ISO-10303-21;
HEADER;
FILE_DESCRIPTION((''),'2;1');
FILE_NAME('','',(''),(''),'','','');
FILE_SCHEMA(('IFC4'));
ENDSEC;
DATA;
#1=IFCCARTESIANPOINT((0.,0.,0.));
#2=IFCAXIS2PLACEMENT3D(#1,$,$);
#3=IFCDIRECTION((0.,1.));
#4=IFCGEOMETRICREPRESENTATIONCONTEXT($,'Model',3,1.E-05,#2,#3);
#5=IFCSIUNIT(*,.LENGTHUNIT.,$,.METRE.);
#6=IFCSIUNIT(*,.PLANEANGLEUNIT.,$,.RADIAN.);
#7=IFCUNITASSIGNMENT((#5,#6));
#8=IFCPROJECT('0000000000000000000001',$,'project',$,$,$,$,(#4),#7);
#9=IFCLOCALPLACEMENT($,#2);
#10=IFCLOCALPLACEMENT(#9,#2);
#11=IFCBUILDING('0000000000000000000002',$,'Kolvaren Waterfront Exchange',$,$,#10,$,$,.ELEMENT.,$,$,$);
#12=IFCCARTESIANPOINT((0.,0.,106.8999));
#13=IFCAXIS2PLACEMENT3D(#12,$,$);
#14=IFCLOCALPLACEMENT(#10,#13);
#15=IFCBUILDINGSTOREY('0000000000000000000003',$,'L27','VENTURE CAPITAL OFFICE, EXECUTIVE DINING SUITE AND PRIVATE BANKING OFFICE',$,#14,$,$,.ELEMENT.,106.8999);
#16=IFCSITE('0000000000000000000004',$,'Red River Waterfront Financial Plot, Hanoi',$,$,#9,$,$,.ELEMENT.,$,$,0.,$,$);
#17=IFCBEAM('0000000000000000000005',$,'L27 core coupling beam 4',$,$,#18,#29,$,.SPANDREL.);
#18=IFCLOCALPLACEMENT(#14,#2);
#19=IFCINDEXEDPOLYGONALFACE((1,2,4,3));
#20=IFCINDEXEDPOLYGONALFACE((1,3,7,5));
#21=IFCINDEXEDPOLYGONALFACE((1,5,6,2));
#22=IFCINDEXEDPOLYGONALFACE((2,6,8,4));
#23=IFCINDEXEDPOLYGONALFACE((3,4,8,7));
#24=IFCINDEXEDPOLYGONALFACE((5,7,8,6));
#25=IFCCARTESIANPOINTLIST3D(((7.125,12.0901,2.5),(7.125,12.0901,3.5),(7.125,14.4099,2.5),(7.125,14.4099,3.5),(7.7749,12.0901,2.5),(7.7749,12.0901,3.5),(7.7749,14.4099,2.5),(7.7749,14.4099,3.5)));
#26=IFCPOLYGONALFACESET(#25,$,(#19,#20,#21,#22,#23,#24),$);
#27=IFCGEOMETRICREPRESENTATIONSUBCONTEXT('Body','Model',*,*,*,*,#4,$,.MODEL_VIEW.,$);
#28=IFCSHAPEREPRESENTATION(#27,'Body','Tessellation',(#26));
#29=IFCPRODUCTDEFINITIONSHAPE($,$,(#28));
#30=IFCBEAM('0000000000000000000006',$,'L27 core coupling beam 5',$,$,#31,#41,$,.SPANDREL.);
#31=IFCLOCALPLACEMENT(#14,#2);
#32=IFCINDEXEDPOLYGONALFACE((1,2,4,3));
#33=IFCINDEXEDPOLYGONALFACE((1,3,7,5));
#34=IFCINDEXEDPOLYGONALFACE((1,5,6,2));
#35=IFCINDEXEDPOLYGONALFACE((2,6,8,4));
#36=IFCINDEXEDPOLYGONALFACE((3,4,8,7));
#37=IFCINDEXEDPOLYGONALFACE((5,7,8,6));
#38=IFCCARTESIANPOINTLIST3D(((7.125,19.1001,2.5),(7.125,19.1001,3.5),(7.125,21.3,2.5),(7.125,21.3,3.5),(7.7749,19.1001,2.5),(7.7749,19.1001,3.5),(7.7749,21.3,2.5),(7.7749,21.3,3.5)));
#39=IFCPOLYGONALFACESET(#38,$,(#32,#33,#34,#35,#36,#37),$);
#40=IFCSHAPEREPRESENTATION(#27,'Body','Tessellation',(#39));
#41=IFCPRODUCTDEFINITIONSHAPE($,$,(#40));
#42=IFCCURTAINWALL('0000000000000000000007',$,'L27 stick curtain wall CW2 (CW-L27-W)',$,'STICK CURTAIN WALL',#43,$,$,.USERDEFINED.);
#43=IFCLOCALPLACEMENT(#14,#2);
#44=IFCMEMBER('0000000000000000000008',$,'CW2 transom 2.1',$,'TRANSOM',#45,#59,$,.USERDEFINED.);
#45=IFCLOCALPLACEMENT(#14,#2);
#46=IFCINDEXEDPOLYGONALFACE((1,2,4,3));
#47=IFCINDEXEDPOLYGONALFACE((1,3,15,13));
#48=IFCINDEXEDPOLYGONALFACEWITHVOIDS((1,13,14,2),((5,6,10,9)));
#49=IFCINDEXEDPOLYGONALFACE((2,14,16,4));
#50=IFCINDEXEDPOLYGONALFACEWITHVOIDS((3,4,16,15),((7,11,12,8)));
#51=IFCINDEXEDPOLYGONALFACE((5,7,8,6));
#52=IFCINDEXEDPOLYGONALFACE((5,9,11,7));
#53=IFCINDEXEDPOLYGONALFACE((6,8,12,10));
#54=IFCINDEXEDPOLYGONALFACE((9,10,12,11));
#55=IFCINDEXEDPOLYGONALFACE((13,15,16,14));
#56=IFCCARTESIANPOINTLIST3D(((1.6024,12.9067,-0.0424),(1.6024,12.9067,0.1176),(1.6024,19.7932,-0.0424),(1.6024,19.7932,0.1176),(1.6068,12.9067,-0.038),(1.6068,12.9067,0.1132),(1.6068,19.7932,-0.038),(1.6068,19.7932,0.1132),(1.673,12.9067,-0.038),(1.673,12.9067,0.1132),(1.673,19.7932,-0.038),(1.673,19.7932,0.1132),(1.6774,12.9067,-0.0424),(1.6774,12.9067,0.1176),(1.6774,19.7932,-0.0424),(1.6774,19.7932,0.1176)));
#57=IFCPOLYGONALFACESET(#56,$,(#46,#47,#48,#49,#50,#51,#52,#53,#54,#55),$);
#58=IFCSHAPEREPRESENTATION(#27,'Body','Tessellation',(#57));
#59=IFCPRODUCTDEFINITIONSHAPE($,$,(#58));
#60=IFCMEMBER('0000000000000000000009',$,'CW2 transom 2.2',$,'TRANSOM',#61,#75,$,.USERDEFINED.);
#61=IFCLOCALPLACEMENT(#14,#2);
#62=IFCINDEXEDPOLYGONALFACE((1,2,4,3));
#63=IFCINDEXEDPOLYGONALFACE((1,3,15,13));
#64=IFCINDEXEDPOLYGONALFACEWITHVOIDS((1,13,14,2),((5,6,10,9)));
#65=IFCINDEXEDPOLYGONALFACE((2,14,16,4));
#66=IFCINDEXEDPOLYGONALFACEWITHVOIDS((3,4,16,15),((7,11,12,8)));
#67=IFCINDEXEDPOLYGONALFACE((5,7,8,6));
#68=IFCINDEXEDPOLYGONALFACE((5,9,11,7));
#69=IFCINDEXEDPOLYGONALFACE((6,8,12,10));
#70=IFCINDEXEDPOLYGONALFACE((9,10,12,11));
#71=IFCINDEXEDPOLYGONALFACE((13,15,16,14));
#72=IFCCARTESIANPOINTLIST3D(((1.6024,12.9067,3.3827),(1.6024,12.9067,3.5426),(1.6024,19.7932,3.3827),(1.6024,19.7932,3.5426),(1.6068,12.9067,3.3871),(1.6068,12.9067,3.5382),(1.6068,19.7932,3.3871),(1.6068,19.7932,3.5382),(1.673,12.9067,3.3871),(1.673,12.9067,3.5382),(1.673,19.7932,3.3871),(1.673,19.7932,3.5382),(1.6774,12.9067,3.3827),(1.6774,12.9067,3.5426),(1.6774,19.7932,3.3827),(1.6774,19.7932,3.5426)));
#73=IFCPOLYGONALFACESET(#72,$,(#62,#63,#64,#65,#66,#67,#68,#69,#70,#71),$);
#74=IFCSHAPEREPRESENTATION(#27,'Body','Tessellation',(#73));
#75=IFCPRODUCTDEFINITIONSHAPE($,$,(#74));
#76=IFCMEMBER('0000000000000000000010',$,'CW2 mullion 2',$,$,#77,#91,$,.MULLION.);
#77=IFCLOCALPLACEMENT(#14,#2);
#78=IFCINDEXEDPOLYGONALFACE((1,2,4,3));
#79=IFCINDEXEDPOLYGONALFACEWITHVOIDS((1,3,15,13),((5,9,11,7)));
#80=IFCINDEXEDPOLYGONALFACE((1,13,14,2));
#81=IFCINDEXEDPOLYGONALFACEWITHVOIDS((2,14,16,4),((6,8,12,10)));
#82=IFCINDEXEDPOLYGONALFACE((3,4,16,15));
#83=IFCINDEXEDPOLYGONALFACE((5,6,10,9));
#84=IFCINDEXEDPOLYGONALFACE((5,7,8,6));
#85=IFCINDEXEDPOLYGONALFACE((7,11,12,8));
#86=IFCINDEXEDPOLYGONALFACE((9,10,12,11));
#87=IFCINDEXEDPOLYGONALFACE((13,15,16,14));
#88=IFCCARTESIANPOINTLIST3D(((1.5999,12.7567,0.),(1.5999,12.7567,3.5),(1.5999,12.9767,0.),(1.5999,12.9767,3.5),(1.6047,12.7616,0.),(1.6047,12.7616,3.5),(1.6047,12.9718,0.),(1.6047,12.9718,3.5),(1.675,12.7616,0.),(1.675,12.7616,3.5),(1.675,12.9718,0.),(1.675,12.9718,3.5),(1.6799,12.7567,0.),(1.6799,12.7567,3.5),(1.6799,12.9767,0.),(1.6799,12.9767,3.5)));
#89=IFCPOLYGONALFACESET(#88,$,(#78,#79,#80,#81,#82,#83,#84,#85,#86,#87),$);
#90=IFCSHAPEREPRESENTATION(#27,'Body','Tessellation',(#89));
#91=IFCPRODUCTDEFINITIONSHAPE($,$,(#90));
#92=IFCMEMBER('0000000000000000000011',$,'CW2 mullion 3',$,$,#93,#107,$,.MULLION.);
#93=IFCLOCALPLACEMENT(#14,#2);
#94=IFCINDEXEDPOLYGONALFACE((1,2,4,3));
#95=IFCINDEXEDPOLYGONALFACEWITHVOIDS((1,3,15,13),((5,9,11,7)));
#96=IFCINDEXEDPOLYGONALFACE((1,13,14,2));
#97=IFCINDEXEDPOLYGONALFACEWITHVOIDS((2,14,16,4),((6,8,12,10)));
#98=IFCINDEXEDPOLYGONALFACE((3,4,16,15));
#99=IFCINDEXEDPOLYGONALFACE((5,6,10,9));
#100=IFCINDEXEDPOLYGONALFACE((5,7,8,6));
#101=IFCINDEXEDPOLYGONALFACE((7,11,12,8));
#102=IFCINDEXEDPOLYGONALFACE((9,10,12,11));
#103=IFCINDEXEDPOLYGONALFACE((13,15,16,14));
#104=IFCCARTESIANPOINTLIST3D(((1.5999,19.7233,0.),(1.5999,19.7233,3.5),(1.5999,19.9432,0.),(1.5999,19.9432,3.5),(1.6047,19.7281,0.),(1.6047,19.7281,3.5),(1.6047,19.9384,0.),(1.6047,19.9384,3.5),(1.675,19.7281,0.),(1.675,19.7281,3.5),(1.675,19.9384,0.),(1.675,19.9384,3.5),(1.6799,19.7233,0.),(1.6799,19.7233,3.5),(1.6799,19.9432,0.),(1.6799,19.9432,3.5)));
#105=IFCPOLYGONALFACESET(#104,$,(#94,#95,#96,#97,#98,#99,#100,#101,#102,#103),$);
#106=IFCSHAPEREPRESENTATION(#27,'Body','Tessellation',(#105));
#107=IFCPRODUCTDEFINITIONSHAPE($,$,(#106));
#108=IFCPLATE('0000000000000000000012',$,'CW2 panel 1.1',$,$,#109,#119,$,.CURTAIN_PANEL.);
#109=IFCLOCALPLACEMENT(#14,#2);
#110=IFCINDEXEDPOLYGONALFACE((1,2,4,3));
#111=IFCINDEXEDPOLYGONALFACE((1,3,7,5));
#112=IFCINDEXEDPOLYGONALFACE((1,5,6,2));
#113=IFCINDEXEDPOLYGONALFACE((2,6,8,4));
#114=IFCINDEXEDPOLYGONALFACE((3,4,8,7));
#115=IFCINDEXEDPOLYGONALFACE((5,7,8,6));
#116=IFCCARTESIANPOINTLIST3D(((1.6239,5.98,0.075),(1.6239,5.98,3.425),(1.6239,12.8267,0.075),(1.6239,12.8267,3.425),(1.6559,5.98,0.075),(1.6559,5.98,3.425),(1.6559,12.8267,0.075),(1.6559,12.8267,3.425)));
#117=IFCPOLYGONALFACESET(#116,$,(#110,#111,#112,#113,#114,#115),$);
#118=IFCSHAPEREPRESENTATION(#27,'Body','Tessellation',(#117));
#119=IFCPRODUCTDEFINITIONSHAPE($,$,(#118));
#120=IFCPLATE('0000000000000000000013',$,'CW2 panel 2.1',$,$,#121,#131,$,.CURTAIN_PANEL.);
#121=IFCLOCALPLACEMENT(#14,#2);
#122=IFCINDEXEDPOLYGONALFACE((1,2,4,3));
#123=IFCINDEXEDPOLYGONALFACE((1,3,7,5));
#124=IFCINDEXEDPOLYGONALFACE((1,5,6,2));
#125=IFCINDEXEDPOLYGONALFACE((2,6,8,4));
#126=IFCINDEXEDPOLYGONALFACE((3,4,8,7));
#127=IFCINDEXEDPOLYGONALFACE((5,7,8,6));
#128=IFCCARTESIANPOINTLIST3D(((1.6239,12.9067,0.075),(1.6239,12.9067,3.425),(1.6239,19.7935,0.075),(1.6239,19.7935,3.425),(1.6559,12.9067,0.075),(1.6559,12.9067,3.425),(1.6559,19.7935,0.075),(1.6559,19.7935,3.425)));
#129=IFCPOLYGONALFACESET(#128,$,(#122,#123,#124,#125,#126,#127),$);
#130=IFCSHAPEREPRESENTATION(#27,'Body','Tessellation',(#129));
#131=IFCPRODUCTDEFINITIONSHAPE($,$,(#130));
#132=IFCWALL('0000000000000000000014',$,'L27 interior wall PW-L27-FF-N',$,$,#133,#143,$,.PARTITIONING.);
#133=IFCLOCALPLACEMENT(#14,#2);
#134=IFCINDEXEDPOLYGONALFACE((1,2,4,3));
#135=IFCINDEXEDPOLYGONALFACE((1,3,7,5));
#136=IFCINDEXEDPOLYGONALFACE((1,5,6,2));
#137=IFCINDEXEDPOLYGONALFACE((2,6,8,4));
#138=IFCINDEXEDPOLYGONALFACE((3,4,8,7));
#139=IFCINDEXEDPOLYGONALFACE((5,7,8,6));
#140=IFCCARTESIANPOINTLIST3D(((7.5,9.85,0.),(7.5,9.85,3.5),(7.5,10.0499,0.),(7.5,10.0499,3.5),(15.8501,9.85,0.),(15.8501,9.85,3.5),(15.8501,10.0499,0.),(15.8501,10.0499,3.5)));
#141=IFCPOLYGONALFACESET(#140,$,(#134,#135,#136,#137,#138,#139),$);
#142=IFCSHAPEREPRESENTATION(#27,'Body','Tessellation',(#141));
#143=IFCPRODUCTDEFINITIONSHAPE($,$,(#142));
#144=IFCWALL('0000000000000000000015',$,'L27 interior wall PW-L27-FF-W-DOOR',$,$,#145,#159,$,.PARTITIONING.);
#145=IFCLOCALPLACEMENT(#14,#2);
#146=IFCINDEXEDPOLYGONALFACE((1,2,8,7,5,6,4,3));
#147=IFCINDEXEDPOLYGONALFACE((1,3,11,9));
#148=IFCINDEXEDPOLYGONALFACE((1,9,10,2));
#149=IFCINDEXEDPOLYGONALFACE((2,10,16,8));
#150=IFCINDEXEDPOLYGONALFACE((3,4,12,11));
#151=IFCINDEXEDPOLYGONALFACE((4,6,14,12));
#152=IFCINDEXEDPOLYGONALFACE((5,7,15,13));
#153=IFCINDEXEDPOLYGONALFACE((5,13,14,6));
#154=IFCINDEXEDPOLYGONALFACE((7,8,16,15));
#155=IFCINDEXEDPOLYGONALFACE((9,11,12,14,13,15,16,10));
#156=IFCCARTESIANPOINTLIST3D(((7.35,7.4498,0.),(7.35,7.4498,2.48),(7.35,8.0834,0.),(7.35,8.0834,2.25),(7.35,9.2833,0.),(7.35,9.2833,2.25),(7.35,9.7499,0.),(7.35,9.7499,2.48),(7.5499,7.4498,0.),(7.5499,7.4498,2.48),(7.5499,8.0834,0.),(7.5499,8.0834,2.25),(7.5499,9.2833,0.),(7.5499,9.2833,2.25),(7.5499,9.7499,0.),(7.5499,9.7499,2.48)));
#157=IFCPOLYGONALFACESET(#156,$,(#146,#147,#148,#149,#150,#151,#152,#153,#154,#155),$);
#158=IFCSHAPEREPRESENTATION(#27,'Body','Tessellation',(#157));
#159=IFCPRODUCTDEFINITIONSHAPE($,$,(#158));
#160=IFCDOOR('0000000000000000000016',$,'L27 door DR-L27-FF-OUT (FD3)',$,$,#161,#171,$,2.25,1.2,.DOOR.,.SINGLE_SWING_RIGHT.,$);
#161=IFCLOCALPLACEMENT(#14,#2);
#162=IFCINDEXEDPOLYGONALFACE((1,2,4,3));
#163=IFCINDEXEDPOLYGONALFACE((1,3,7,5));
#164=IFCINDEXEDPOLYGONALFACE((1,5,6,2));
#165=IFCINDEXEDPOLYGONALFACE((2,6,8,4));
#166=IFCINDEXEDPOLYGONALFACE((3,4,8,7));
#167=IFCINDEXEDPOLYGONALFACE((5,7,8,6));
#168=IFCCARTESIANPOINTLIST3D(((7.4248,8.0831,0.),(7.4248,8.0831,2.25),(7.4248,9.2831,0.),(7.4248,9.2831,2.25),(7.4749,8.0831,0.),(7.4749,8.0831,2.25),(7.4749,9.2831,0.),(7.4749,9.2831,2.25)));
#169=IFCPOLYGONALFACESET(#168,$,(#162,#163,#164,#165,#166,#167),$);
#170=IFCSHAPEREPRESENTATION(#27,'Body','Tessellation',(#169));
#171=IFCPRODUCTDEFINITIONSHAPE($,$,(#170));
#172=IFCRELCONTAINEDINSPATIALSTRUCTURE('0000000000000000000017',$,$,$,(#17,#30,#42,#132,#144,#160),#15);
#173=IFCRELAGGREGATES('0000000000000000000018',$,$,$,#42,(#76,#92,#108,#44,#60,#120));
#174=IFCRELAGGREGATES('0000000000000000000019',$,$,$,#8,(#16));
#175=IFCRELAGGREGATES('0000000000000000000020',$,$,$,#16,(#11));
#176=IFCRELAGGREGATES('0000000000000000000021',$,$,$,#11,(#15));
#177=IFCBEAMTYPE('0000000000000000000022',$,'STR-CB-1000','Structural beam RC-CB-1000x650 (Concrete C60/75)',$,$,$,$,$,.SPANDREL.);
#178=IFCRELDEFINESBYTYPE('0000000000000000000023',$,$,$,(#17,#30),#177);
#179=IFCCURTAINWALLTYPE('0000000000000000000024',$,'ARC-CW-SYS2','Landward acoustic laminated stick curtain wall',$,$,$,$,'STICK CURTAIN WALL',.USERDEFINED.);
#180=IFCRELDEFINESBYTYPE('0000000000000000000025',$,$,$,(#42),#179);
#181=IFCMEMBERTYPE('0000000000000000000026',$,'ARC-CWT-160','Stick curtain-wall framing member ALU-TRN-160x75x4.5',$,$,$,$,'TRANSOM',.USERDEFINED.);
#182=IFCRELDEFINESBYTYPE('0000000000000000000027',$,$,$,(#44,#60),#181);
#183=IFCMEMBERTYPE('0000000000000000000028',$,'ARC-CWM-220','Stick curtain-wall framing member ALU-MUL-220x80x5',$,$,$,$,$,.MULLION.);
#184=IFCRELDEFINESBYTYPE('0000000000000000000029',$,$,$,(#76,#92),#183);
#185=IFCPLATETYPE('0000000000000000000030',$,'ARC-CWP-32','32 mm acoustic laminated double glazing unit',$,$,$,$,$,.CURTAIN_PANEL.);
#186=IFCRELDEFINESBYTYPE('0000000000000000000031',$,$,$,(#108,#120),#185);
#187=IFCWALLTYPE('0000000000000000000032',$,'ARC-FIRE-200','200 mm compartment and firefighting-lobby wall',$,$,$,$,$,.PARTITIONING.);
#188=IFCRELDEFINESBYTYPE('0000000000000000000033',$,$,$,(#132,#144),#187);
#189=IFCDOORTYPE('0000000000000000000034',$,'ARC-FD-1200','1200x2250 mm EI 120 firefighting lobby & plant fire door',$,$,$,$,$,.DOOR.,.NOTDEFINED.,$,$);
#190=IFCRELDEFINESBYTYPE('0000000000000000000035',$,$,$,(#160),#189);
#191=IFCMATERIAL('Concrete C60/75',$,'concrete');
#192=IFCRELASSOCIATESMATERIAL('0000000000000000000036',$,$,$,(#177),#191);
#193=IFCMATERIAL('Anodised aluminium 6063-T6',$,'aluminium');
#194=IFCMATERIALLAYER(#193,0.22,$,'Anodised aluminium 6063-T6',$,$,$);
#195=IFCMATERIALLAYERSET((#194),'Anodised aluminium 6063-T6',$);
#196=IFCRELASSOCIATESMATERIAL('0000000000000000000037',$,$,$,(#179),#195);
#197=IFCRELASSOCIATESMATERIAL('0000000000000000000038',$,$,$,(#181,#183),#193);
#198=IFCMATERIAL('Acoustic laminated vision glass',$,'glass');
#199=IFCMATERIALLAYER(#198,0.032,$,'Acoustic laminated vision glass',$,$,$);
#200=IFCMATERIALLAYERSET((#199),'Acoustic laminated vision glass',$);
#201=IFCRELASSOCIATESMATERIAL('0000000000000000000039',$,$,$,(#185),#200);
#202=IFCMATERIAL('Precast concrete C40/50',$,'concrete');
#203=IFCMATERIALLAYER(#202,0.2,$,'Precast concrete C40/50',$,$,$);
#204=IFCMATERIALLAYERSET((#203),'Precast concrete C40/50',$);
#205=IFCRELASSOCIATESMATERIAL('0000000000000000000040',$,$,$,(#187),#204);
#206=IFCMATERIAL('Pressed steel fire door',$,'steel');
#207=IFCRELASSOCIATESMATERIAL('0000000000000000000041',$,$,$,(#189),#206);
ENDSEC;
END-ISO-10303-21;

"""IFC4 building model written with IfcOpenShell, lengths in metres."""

from ifc_helpers import new_model, si_unit, direction, frame, frame_2d, origin, origin_with_axes, origin_2d, place, context, subcontext, project, spatial, rectangle, hollow_rectangle, extrude, source, transform, mapped, material, layer, layer_set, material_profile, profile_set, type_object, element, fill, aggregate, save


model = new_model("IFC4")

# Units and contexts
model_context = context("Model", 3, precision=1e-05, world=origin(), true_north=direction((0.0, 1.0)))
body_context = subcontext(model_context, "Body", "Model", "MODEL_VIEW")
ifc_project = project(units=[si_unit("LENGTHUNIT", "METRE"), si_unit("PLANEANGLEUNIT", "RADIAN")], contexts=[model_context])

# Site, building, storey
site_placement = place(None, origin())
site = spatial("IfcSite", under=ifc_project, at=site_placement, Name="Red River Waterfront Financial Plot, Hanoi", CompositionType="ELEMENT", RefElevation=0.0)
building_placement = place(site_placement, origin())
building = spatial("IfcBuilding", under=site, at=building_placement, Name="Kolvaren Waterfront Exchange", CompositionType="ELEMENT")
storey_placement = place(building_placement, frame((0.0, 0.0, 106.8999)))
storey = spatial("IfcBuildingStorey", under=building, at=storey_placement, Name="L27", Description="VENTURE CAPITAL OFFICE, EXECUTIVE DINING SUITE AND PRIVATE BANKING OFFICE", CompositionType="ELEMENT", Elevation=106.8999)

# Beams
ifc_material_1 = material(Name="Concrete C60/75", Category="concrete")
ifc_material_profile_1 = material_profile(ifc_material_1, rectangle(XDim=0.6499, YDim=1.0, at=origin_2d()), Name="RC-CB-1000x650")
ifc_profile_set_1 = profile_set([ifc_material_profile_1], Name="Concrete C60/75")
beam_type = type_object("IfcBeamType", Name="STR-CB-1000", Description="Structural beam RC-CB-1000x650 (Concrete C60/75)", PredefinedType="SPANDREL", material=ifc_profile_set_1)
beam_1_placement = place(storey_placement, frame((7.45, 12.0901, 3.0), z_axis=(0.0, 1.0, 0.0), x_axis=(-1.0, 0.0, 0.0)))
element("IfcBeam", 1, at=beam_1_placement, inside=storey, type_object=beam_type, Name="L27 core coupling beam 4", PredefinedType="SPANDREL", context=body_context, shape_type="SweptSolid", body=[
    extrude(rectangle(XDim=0.6499, YDim=1.0, at=origin_2d()), origin(), (0.0, 0.0, 1.0), 2.3198),
])
beam_2_placement = place(storey_placement, frame((7.45, 19.1001, 3.0), z_axis=(0.0, 1.0, 0.0), x_axis=(-1.0, 0.0, 0.0)))
element("IfcBeam", 2, at=beam_2_placement, inside=storey, type_object=beam_type, Name="L27 core coupling beam 5", PredefinedType="SPANDREL", context=body_context, shape_type="SweptSolid", body=[
    extrude(rectangle(XDim=0.6499, YDim=1.0, at=origin_2d()), origin(), (0.0, 0.0, 1.0), 2.2),
])

# Curtain wall, members, plates
ifc_material_2 = material(Name="Anodised aluminium 6063-T6", Category="aluminium")
ifc_layer_1 = layer(ifc_material_2, 0.22, Name="Anodised aluminium 6063-T6")
ifc_layer_set_1 = layer_set([ifc_layer_1], Name="Anodised aluminium 6063-T6")
curtain_wall_type = type_object("IfcCurtainWallType", Name="ARC-CW-SYS2", Description="Landward acoustic laminated stick curtain wall", ElementType="STICK CURTAIN WALL", PredefinedType="USERDEFINED", material=ifc_layer_set_1)
curtain_wall_placement = place(storey_placement, origin())
curtain_wall = element("IfcCurtainWall", 3, at=curtain_wall_placement, inside=storey, type_object=curtain_wall_type, Name="L27 stick curtain wall CW2 (CW-L27-W)", ObjectType="STICK CURTAIN WALL", PredefinedType="USERDEFINED")
ifc_material_profile_2 = material_profile(ifc_material_2, hollow_rectangle(XDim=0.075, YDim=0.1599, WallThickness=0.0044, at=origin_2d()), Name="ALU-TRN-160x75x4.5")
ifc_profile_set_2 = profile_set([ifc_material_profile_2], Name="Anodised aluminium 6063-T6")
member_type_1 = type_object("IfcMemberType", Name="ARC-CWT-160", Description="Stick curtain-wall framing member ALU-TRN-160x75x4.5", ElementType="TRANSOM", PredefinedType="USERDEFINED", material=ifc_profile_set_2)
shared_shape_1 = source(origin_with_axes(), body_context, "Body", "SweptSolid", [
    extrude(hollow_rectangle(XDim=0.075, YDim=0.1599, WallThickness=0.0044, at=origin_2d()), origin(), (0.0, 0.0, 1.0), 6.8865),
])
member_1_placement = place(storey_placement, frame((1.6399, 12.9067, 0.0376), z_axis=(0.0, 1.0, 0.0), x_axis=(-1.0, 0.0, 0.0)))
member_1 = element("IfcMember", 4, at=member_1_placement, type_object=member_type_1, Name="CW2 transom 2.1", ObjectType="TRANSOM", PredefinedType="USERDEFINED", context=body_context, shape_type="MappedRepresentation", body=[
    mapped(shared_shape_1, transform((0.0, 0.0, 0.0), x_axis=(1.0, 0.0, 0.0), y_axis=(0.0, 1.0, 0.0), z_axis=(0.0, 0.0, 1.0), scale=1.0)),
])
member_2_placement = place(storey_placement, frame((1.6399, 12.9067, 3.4626), z_axis=(0.0, 1.0, 0.0), x_axis=(-1.0, 0.0, 0.0)))
member_2 = element("IfcMember", 5, at=member_2_placement, type_object=member_type_1, Name="CW2 transom 2.2", ObjectType="TRANSOM", PredefinedType="USERDEFINED", context=body_context, shape_type="MappedRepresentation", body=[
    mapped(shared_shape_1, transform((0.0, 0.0, 0.0), x_axis=(1.0, 0.0, 0.0), y_axis=(0.0, 1.0, 0.0), z_axis=(0.0, 0.0, 1.0), scale=1.0)),
])
ifc_material_profile_3 = material_profile(ifc_material_2, hollow_rectangle(XDim=0.0801, YDim=0.22, WallThickness=0.0049, at=origin_2d()), Name="ALU-MUL-220x80x5")
ifc_profile_set_3 = profile_set([ifc_material_profile_3], Name="Anodised aluminium 6063-T6")
member_type_2 = type_object("IfcMemberType", Name="ARC-CWM-220", Description="Stick curtain-wall framing member ALU-MUL-220x80x5", PredefinedType="MULLION", material=ifc_profile_set_3)
shared_shape_2 = source(origin_with_axes(), body_context, "Body", "SweptSolid", [
    extrude(hollow_rectangle(XDim=0.0801, YDim=0.22, WallThickness=0.0049, at=origin_2d()), origin(), (0.0, 0.0, 1.0), 3.5),
])
member_3_placement = place(storey_placement, frame((1.6399, 12.8667, 0.0), z_axis=(0.0, 0.0, 1.0), x_axis=(-1.0, 0.0, 0.0)))
member_3 = element("IfcMember", 6, at=member_3_placement, type_object=member_type_2, Name="CW2 mullion 2", PredefinedType="MULLION", context=body_context, shape_type="MappedRepresentation", body=[
    mapped(shared_shape_2, transform((0.0, 0.0, 0.0), x_axis=(1.0, 0.0, 0.0), y_axis=(0.0, 1.0, 0.0), z_axis=(0.0, 0.0, 1.0), scale=1.0)),
])
member_4_placement = place(storey_placement, frame((1.6399, 19.8333, 0.0), z_axis=(0.0, 0.0, 1.0), x_axis=(-1.0, 0.0, 0.0)))
member_4 = element("IfcMember", 7, at=member_4_placement, type_object=member_type_2, Name="CW2 mullion 3", PredefinedType="MULLION", context=body_context, shape_type="MappedRepresentation", body=[
    mapped(shared_shape_2, transform((0.0, 0.0, 0.0), x_axis=(1.0, 0.0, 0.0), y_axis=(0.0, 1.0, 0.0), z_axis=(0.0, 0.0, 1.0), scale=1.0)),
])
ifc_material_3 = material(Name="Acoustic laminated vision glass", Category="glass")
ifc_layer_2 = layer(ifc_material_3, 0.032, Name="Acoustic laminated vision glass")
ifc_layer_set_2 = layer_set([ifc_layer_2], Name="Acoustic laminated vision glass")
plate_type = type_object("IfcPlateType", Name="ARC-CWP-32", Description="32 mm acoustic laminated double glazing unit", PredefinedType="CURTAIN_PANEL", material=ifc_layer_set_2)
shared_shape_3 = source(origin_with_axes(), body_context, "Body", "SweptSolid", [
    extrude(rectangle(XDim=6.8467, YDim=0.032, at=origin_2d()), origin(), (0.0, 0.0, 1.0), 3.3501),
])
plate_1_placement = place(storey_placement, frame((1.6399, 9.4033, 0.075), z_axis=(0.0, 0.0, 1.0), x_axis=(0.0, 1.0, 0.0)))
plate_1 = element("IfcPlate", 8, at=plate_1_placement, type_object=plate_type, Name="CW2 panel 1.1", PredefinedType="CURTAIN_PANEL", context=body_context, shape_type="MappedRepresentation", body=[
    mapped(shared_shape_3, transform((0.0, 0.0, 0.0), x_axis=(1.0, 0.0, 0.0), y_axis=(0.0, 1.0, 0.0), z_axis=(0.0, 0.0, 1.0), scale=1.0)),
])
shared_shape_4 = source(origin_with_axes(), body_context, "Body", "SweptSolid", [
    extrude(rectangle(XDim=6.8867, YDim=0.032, at=origin_2d()), origin(), (0.0, 0.0, 1.0), 3.3501),
])
plate_2_placement = place(storey_placement, frame((1.6399, 16.3501, 0.075), z_axis=(0.0, 0.0, 1.0), x_axis=(0.0, 1.0, 0.0)))
plate_2 = element("IfcPlate", 9, at=plate_2_placement, type_object=plate_type, Name="CW2 panel 2.1", PredefinedType="CURTAIN_PANEL", context=body_context, shape_type="MappedRepresentation", body=[
    mapped(shared_shape_4, transform((0.0, 0.0, 0.0), x_axis=(1.0, 0.0, 0.0), y_axis=(0.0, 1.0, 0.0), z_axis=(0.0, 0.0, 1.0), scale=1.0)),
])
aggregate(curtain_wall, [member_3, member_4, plate_1, member_1, member_2, plate_2])

# Wall
ifc_material_4 = material(Name="Precast concrete C40/50", Category="concrete")
ifc_layer_3 = layer(ifc_material_4, 0.2, Name="Precast concrete C40/50")
ifc_layer_set_3 = layer_set([ifc_layer_3], Name="Precast concrete C40/50")
wall_type_1 = type_object("IfcWallType", Name="ARC-FIRE-200", Description="200 mm compartment and firefighting-lobby wall", PredefinedType="PARTITIONING", material=ifc_layer_set_3)
wall_1_placement = place(storey_placement, frame((7.5, 9.95, 0.0), z_axis=(0.0, 0.0, 1.0), x_axis=(1.0, 0.0, 0.0)))
element("IfcWall", 10, at=wall_1_placement, inside=storey, type_object=wall_type_1, Name="L27 interior wall PW-L27-FF-N", PredefinedType="PARTITIONING", context=body_context, shape_type="SweptSolid", body=[
    extrude(rectangle(XDim=8.3501, YDim=0.2, at=frame_2d((4.175, 0.0))), origin(), (0.0, 0.0, 1.0), 3.5),
])

# Wall, opening, door
wall_2_placement = place(storey_placement, frame((7.45, 7.45, 0.0), z_axis=(0.0, 0.0, 1.0), x_axis=(0.0, 1.0, 0.0)))
wall_2 = element("IfcWall", 11, at=wall_2_placement, inside=storey, type_object=wall_type_1, Name="L27 interior wall PW-L27-FF-W-DOOR", PredefinedType="PARTITIONING", context=body_context, shape_type="SweptSolid", body=[
    extrude(rectangle(XDim=2.3, YDim=0.2, at=frame_2d((1.1499, 0.0))), origin(), (0.0, 0.0, 1.0), 2.48),
])
opening_1_placement = place(wall_2_placement, frame((0.6333, 0.0, 0.0)))
opening_1 = element("IfcOpeningElement", 12, at=opening_1_placement, cuts=wall_2, PredefinedType="OPENING", context=body_context, shape_type="SweptSolid", body=[
    extrude(rectangle(XDim=1.2, YDim=2.25, at=frame_2d((0.6001, 1.125))), frame((0.0, 0.1099, 0.0), z_axis=(0.0, -1.0, 0.0), x_axis=(1.0, 0.0, 0.0)), (0.0, 0.0, 1.0), 0.22),
])
ifc_material_5 = material(Name="Pressed steel fire door", Category="steel")
door_type_1 = type_object("IfcDoorType", Name="ARC-FD-1200", Description="1200x2250 mm EI 120 firefighting lobby & plant fire door", OperationType="NOTDEFINED", PredefinedType="DOOR", material=ifc_material_5)
door_1_placement = place(opening_1_placement, frame((1.2, 0.0, 0.0), z_axis=(0.0, 0.0, 1.0), x_axis=(-1.0, 0.0, 0.0)))
door_1 = element("IfcDoor", 13, at=door_1_placement, inside=storey, type_object=door_type_1, Name="L27 door DR-L27-FF-OUT (FD3)", OperationType="SINGLE_SWING_RIGHT", OverallHeight=2.25, OverallWidth=1.2, PredefinedType="DOOR", context=body_context, shape_type="SweptSolid", body=[
    extrude(rectangle(XDim=1.2, YDim=2.25, at=frame_2d((0.6001, 1.125))), frame((0.0, 0.0249, 0.0), z_axis=(0.0, -1.0, 0.0), x_axis=(1.0, 0.0, 0.0)), (0.0, 0.0, 1.0), 0.05),
])
fill(opening_1, door_1)

save(model, "model.ifc")
